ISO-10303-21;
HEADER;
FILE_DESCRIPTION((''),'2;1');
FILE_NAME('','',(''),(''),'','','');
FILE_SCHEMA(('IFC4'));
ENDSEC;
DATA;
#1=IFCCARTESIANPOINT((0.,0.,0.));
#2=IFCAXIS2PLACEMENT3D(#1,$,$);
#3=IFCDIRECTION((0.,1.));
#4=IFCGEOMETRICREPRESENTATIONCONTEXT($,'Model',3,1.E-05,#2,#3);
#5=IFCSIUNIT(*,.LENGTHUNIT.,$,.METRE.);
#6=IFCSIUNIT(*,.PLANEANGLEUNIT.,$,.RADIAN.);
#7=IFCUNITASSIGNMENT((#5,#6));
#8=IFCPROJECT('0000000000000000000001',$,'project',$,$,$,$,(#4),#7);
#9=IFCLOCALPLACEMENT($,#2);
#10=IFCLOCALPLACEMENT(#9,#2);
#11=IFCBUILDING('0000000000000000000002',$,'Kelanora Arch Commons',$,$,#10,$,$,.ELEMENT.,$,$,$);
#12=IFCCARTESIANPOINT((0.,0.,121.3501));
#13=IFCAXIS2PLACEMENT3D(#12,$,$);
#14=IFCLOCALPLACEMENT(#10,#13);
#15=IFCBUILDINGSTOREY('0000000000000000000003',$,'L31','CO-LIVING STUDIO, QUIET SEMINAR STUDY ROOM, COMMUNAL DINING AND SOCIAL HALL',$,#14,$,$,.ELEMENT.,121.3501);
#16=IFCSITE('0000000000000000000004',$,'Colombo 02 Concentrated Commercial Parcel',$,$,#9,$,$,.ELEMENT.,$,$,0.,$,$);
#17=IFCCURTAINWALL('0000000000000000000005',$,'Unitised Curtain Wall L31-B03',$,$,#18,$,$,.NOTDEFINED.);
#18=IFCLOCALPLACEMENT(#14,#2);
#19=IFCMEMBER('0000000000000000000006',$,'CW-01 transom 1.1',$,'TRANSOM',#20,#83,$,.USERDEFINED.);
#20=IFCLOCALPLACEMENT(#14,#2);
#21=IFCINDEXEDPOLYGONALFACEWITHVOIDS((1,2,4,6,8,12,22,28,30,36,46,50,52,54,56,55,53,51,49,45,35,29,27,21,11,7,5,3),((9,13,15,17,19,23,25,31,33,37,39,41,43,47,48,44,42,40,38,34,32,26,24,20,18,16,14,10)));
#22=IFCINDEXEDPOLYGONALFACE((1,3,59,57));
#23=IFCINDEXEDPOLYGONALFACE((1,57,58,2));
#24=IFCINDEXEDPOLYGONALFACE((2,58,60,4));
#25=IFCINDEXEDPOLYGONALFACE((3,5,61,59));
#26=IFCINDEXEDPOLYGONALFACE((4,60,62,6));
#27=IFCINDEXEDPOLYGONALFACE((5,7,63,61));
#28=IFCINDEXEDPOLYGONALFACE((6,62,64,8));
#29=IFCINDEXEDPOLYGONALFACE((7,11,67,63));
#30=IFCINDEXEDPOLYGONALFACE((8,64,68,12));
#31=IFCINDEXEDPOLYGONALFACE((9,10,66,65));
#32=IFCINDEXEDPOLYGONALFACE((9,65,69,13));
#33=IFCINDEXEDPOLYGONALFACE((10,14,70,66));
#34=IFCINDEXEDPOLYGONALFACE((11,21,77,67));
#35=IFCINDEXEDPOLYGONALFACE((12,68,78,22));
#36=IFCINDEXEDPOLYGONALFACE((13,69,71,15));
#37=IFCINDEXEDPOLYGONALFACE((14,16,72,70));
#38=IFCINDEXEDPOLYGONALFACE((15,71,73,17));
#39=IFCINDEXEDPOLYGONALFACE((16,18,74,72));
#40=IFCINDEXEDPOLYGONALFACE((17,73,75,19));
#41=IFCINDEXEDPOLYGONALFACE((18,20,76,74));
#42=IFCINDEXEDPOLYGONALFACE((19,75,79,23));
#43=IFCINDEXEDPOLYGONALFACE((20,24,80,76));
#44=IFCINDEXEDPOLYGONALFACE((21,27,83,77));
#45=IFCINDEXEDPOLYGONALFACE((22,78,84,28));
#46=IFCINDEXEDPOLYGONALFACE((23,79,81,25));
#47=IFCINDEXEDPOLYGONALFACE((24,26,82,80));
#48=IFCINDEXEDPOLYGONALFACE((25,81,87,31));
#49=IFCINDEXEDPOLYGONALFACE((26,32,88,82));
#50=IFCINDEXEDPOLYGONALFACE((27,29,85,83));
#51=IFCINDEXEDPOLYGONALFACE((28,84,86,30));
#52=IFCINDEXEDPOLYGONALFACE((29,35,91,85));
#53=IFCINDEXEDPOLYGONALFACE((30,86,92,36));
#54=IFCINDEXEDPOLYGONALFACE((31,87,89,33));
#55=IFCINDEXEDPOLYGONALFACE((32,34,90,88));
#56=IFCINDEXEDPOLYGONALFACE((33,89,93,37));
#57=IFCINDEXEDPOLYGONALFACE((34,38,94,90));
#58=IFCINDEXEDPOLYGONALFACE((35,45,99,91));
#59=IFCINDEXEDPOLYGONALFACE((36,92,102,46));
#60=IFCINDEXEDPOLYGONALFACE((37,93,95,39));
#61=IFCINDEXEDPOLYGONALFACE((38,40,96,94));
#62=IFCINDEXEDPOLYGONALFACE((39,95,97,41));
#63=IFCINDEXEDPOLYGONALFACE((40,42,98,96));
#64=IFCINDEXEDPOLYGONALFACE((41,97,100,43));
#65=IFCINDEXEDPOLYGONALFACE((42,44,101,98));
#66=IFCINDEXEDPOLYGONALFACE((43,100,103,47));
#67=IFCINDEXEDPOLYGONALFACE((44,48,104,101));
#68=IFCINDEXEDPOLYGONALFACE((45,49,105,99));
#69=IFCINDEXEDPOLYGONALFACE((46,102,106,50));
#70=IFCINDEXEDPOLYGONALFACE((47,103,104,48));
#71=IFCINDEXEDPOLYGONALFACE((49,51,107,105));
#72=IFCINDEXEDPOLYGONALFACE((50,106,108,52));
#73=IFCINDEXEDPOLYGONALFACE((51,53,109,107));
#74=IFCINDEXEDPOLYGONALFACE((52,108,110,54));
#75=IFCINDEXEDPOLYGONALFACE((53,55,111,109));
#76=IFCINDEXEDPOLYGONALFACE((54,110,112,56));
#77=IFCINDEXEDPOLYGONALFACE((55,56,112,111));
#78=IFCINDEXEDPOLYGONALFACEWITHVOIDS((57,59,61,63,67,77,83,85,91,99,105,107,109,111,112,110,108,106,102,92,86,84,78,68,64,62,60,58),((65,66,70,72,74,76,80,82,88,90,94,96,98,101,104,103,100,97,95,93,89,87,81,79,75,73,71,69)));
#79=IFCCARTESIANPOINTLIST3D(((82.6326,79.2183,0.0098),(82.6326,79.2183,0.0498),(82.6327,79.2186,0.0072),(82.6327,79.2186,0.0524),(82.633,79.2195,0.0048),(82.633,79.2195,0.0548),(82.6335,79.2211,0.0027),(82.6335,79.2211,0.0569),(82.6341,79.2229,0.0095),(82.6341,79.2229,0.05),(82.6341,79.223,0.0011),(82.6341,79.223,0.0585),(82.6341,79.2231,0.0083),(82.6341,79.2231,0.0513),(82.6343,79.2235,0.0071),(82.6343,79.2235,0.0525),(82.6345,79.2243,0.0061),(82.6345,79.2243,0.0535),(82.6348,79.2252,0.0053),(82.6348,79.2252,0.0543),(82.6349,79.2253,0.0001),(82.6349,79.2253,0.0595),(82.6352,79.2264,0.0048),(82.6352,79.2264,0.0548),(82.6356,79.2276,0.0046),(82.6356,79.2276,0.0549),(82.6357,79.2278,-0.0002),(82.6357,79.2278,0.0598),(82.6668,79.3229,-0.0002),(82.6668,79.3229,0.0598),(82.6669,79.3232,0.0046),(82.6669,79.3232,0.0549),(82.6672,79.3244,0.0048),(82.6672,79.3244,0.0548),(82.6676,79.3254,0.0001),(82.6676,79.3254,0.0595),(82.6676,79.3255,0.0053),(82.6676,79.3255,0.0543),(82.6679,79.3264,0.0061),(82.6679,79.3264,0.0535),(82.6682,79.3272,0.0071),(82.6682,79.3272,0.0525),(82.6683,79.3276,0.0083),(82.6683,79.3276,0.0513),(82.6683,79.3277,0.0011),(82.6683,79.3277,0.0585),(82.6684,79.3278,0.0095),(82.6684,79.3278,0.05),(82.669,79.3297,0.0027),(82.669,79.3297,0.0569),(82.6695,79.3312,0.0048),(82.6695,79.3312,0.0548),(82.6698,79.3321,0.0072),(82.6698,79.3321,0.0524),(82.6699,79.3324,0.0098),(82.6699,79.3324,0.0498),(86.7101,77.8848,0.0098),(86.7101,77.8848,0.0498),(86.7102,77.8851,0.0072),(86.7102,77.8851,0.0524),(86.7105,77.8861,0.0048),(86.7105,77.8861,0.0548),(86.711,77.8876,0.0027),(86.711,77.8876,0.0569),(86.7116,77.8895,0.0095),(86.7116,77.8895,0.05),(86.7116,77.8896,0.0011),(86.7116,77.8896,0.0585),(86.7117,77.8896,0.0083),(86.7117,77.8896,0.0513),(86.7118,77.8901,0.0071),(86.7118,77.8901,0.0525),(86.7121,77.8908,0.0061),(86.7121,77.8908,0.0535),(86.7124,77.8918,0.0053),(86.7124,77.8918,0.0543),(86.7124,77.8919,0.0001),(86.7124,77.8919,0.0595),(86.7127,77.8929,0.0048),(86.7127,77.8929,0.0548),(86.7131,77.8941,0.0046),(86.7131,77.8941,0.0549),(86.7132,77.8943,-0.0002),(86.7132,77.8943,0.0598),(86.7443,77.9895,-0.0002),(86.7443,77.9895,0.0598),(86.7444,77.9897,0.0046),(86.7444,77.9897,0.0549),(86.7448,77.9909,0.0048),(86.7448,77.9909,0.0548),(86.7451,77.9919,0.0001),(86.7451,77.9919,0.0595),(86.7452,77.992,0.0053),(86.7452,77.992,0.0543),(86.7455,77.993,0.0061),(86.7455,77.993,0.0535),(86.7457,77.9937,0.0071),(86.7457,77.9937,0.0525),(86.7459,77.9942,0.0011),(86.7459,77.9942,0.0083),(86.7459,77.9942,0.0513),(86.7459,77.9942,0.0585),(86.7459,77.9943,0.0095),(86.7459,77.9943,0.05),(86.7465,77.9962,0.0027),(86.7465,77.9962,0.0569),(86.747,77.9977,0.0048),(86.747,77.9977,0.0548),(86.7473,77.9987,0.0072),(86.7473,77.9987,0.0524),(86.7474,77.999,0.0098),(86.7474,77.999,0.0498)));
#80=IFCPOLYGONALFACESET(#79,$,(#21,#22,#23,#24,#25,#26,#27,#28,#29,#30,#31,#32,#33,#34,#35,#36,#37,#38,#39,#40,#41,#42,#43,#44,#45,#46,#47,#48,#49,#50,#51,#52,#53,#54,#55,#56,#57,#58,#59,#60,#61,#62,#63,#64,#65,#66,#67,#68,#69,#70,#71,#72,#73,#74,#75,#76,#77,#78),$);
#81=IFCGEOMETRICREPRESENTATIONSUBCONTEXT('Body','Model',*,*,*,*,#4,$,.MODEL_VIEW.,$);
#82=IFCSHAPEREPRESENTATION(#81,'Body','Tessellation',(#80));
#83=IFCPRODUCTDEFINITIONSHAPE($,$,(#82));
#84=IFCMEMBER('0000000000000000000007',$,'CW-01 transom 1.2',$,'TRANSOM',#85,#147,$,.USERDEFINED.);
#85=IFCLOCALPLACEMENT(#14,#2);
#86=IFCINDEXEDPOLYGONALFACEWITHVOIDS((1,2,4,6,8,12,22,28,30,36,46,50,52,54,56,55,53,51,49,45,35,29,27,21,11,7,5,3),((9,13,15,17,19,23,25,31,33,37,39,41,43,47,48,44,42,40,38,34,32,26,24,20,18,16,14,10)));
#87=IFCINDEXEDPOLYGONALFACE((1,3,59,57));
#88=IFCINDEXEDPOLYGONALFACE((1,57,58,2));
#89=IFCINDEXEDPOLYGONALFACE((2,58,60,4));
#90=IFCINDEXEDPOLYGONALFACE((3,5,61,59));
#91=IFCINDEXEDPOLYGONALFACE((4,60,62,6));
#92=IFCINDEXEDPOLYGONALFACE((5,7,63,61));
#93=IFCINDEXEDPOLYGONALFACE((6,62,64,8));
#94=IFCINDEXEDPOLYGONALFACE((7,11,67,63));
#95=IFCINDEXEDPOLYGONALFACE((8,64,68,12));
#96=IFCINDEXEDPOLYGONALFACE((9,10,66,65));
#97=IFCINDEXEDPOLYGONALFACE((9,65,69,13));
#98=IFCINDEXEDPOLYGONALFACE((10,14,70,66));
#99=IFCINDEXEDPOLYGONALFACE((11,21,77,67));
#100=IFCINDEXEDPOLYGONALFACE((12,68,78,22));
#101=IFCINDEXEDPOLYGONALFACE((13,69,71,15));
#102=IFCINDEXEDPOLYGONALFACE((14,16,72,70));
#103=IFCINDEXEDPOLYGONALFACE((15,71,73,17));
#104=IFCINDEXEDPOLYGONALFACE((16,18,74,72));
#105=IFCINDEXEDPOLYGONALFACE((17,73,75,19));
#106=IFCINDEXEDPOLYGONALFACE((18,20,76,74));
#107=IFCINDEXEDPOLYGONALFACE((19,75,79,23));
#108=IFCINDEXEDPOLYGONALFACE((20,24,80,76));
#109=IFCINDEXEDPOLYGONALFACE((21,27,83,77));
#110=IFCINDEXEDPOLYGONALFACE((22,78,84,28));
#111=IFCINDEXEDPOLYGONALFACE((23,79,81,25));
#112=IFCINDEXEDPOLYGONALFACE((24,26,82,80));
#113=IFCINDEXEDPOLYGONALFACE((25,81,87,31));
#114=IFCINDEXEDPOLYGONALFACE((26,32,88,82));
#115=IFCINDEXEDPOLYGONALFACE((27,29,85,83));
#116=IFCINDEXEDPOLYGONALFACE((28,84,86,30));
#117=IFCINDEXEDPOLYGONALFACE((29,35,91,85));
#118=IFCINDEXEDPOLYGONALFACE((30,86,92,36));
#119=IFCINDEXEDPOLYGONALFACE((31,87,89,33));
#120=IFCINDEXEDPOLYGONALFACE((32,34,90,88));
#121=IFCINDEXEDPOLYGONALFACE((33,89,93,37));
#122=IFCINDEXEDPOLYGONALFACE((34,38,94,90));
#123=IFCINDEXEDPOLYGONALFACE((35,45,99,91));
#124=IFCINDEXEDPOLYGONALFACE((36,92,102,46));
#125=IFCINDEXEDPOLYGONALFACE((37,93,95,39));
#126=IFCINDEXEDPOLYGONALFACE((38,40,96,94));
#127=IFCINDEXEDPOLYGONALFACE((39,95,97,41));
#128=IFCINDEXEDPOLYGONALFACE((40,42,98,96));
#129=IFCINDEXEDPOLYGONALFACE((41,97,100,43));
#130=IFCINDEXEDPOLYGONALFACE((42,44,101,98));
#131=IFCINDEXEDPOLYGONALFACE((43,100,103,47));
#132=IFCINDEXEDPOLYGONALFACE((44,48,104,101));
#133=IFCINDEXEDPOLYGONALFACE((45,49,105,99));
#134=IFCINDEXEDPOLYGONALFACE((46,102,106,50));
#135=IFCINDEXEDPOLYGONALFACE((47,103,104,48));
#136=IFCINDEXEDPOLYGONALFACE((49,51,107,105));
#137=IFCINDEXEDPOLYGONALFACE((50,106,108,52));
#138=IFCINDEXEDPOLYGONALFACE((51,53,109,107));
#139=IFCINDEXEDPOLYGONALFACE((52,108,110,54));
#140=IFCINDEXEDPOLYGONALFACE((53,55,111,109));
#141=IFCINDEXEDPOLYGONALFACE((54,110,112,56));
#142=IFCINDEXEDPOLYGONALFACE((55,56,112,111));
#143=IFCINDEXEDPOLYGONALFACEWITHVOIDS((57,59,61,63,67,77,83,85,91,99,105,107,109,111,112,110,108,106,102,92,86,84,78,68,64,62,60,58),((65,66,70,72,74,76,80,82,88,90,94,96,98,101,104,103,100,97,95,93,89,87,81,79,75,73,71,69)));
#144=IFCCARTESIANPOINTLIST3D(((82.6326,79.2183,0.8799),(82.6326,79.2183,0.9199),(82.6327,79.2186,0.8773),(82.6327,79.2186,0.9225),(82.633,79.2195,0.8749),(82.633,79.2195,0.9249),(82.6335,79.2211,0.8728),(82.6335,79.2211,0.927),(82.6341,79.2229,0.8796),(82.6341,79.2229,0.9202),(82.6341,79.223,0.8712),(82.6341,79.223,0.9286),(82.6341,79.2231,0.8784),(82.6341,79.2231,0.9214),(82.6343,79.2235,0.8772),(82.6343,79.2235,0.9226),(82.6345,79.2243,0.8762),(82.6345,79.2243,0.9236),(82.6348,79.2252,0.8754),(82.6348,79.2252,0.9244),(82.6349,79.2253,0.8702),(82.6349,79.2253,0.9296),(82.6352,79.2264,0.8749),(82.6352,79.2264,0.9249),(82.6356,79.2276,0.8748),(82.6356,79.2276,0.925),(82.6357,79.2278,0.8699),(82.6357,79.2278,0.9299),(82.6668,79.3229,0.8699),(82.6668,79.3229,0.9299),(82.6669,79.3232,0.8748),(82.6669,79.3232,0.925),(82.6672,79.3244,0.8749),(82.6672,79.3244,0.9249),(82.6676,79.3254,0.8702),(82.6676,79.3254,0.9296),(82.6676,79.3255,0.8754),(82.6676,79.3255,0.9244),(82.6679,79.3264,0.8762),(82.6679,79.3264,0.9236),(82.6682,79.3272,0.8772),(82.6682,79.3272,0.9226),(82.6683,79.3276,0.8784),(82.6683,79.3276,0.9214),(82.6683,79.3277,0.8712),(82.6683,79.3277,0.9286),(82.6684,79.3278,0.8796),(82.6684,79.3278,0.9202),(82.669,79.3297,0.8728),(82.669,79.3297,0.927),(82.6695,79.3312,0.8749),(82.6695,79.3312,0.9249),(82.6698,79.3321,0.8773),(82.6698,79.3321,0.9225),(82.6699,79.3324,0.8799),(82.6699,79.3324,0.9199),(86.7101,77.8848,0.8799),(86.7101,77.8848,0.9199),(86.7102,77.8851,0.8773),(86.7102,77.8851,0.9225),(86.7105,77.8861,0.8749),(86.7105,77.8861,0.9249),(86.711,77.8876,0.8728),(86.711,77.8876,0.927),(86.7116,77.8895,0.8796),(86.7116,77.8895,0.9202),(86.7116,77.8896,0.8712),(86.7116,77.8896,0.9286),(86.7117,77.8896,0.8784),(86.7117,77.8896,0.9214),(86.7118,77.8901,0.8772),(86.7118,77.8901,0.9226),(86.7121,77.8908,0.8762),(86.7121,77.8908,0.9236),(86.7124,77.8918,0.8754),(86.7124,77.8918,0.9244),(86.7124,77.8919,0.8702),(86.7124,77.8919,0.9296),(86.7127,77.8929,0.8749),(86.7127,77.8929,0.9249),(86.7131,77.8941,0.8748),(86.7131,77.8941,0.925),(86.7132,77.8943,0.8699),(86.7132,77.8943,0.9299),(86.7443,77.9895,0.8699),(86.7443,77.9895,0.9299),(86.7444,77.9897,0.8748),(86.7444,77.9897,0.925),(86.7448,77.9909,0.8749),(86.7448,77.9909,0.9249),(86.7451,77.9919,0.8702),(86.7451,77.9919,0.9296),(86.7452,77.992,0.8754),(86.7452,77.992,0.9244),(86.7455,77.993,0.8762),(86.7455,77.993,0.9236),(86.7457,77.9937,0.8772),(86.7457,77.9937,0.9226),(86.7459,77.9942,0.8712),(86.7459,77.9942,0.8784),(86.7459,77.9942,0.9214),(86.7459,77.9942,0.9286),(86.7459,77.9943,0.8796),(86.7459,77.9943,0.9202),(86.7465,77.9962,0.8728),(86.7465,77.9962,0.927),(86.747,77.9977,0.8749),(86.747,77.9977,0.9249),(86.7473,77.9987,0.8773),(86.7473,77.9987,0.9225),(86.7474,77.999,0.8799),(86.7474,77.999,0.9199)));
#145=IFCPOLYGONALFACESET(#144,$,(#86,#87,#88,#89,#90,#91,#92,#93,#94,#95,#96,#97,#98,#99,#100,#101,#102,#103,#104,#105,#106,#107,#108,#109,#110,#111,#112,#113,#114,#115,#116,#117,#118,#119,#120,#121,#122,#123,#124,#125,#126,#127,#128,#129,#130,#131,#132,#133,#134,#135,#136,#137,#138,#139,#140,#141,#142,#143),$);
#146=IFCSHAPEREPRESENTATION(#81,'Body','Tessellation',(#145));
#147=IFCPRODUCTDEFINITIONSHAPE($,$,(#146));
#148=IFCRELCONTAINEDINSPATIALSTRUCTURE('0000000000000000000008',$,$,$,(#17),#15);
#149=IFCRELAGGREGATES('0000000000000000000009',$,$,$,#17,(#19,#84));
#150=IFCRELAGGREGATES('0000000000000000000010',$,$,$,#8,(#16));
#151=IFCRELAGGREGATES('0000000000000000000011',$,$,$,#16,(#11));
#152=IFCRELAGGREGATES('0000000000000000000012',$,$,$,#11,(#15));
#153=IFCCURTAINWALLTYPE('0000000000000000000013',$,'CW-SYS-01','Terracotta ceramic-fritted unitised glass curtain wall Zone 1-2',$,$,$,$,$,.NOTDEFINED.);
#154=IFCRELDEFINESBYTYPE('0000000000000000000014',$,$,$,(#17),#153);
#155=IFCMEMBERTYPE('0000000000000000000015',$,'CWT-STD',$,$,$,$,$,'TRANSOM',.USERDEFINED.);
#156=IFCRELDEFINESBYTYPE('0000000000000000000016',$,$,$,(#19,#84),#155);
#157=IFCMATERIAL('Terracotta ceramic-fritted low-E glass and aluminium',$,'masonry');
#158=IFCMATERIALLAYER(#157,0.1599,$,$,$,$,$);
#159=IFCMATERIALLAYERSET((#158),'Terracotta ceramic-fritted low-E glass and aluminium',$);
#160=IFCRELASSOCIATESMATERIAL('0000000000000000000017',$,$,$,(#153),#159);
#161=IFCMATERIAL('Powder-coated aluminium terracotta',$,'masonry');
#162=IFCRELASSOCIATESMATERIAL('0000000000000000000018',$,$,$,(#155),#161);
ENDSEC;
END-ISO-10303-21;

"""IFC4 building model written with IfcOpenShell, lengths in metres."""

from ifc_helpers import new_model, si_unit, direction, frame, origin, origin_2d, place, context, subcontext, project, spatial, hollow_rectangle, extrude, material, layer, layer_set, material_profile, profile_set, type_object, element, aggregate, save


model = new_model("IFC4")

# Units and contexts
model_context = context("Model", 3, precision=1e-05, world=origin(), true_north=direction((0.0, 1.0)))
body_context = subcontext(model_context, "Body", "Model", "MODEL_VIEW")
ifc_project = project(units=[si_unit("LENGTHUNIT", "METRE"), si_unit("PLANEANGLEUNIT", "RADIAN")], contexts=[model_context])

# Site, building, storey
site_placement = place(None, origin())
site = spatial("IfcSite", under=ifc_project, at=site_placement, Name="Colombo 02 Concentrated Commercial Parcel", CompositionType="ELEMENT", RefElevation=0.0)
building_placement = place(site_placement, origin())
building = spatial("IfcBuilding", under=site, at=building_placement, Name="Kelanora Arch Commons", CompositionType="ELEMENT")
storey_placement = place(building_placement, frame((0.0, 0.0, 121.3501)))
storey = spatial("IfcBuildingStorey", under=building, at=storey_placement, Name="L31", Description="CO-LIVING STUDIO, QUIET SEMINAR STUDY ROOM, COMMUNAL DINING AND SOCIAL HALL", CompositionType="ELEMENT", Elevation=121.3501)

# Shared definitions
ifc_material_1 = material(Name="Terracotta ceramic-fritted low-E glass and aluminium", Category="masonry")
ifc_layer_1 = layer(ifc_material_1, 0.1599)
ifc_layer_set_1 = layer_set([ifc_layer_1], Name="Terracotta ceramic-fritted low-E glass and aluminium")
curtain_wall_type = type_object("IfcCurtainWallType", Name="CW-SYS-01", Description="Terracotta ceramic-fritted unitised glass curtain wall Zone 1-2", PredefinedType="NOTDEFINED", material=ifc_layer_set_1)
ifc_material_2 = material(Name="Powder-coated aluminium terracotta", Category="masonry")

# Curtain wall, members
curtain_wall_1_placement = place(storey_placement, origin())
curtain_wall_1 = element("IfcCurtainWall", 1, at=curtain_wall_1_placement, inside=storey, type_object=curtain_wall_type, Name="Unitised Curtain Wall L31-B03", PredefinedType="NOTDEFINED")
ifc_material_profile_1 = material_profile(ifc_material_2, hollow_rectangle(XDim=0.1201, YDim=0.0601, WallThickness=0.0049, InnerFilletRadius=0.0049, OuterFilletRadius=0.01, at=origin_2d()), Name="CWT120x60")
ifc_profile_set_1 = profile_set([ifc_material_profile_1], Name="Powder-coated aluminium terracotta")
member_type_1 = type_object("IfcMemberType", Name="CWT-STD", ElementType="TRANSOM", PredefinedType="USERDEFINED", material=ifc_profile_set_1)
member_1_placement = place(storey_placement, frame((86.7288, 77.9419, 0.0298), z_axis=(-0.950466, 0.310828, 0.0), x_axis=(-0.310828, -0.950466, 0.0)))
member_1 = element("IfcMember", 2, at=member_1_placement, type_object=member_type_1, Name="CW-01 transom 1.1", ObjectType="TRANSOM", PredefinedType="USERDEFINED", context=body_context, shape_type="SweptSolid", body=[
    extrude(hollow_rectangle(XDim=0.1201, YDim=0.0601, WallThickness=0.0049, InnerFilletRadius=0.0049, OuterFilletRadius=0.01, at=origin_2d()), origin(), (0.0, 0.0, 1.0), 4.29),
])
member_2_placement = place(storey_placement, frame((86.7288, 77.9419, 0.8999), z_axis=(-0.950466, 0.310828, 0.0), x_axis=(-0.310828, -0.950466, 0.0)))
member_2 = element("IfcMember", 3, at=member_2_placement, type_object=member_type_1, Name="CW-01 transom 1.2", ObjectType="TRANSOM", PredefinedType="USERDEFINED", context=body_context, shape_type="SweptSolid", body=[
    extrude(hollow_rectangle(XDim=0.1201, YDim=0.0601, WallThickness=0.0049, InnerFilletRadius=0.0049, OuterFilletRadius=0.01, at=origin_2d()), origin(), (0.0, 0.0, 1.0), 4.29),
])
aggregate(curtain_wall_1, [member_1, member_2])

save(model, "model.ifc")
